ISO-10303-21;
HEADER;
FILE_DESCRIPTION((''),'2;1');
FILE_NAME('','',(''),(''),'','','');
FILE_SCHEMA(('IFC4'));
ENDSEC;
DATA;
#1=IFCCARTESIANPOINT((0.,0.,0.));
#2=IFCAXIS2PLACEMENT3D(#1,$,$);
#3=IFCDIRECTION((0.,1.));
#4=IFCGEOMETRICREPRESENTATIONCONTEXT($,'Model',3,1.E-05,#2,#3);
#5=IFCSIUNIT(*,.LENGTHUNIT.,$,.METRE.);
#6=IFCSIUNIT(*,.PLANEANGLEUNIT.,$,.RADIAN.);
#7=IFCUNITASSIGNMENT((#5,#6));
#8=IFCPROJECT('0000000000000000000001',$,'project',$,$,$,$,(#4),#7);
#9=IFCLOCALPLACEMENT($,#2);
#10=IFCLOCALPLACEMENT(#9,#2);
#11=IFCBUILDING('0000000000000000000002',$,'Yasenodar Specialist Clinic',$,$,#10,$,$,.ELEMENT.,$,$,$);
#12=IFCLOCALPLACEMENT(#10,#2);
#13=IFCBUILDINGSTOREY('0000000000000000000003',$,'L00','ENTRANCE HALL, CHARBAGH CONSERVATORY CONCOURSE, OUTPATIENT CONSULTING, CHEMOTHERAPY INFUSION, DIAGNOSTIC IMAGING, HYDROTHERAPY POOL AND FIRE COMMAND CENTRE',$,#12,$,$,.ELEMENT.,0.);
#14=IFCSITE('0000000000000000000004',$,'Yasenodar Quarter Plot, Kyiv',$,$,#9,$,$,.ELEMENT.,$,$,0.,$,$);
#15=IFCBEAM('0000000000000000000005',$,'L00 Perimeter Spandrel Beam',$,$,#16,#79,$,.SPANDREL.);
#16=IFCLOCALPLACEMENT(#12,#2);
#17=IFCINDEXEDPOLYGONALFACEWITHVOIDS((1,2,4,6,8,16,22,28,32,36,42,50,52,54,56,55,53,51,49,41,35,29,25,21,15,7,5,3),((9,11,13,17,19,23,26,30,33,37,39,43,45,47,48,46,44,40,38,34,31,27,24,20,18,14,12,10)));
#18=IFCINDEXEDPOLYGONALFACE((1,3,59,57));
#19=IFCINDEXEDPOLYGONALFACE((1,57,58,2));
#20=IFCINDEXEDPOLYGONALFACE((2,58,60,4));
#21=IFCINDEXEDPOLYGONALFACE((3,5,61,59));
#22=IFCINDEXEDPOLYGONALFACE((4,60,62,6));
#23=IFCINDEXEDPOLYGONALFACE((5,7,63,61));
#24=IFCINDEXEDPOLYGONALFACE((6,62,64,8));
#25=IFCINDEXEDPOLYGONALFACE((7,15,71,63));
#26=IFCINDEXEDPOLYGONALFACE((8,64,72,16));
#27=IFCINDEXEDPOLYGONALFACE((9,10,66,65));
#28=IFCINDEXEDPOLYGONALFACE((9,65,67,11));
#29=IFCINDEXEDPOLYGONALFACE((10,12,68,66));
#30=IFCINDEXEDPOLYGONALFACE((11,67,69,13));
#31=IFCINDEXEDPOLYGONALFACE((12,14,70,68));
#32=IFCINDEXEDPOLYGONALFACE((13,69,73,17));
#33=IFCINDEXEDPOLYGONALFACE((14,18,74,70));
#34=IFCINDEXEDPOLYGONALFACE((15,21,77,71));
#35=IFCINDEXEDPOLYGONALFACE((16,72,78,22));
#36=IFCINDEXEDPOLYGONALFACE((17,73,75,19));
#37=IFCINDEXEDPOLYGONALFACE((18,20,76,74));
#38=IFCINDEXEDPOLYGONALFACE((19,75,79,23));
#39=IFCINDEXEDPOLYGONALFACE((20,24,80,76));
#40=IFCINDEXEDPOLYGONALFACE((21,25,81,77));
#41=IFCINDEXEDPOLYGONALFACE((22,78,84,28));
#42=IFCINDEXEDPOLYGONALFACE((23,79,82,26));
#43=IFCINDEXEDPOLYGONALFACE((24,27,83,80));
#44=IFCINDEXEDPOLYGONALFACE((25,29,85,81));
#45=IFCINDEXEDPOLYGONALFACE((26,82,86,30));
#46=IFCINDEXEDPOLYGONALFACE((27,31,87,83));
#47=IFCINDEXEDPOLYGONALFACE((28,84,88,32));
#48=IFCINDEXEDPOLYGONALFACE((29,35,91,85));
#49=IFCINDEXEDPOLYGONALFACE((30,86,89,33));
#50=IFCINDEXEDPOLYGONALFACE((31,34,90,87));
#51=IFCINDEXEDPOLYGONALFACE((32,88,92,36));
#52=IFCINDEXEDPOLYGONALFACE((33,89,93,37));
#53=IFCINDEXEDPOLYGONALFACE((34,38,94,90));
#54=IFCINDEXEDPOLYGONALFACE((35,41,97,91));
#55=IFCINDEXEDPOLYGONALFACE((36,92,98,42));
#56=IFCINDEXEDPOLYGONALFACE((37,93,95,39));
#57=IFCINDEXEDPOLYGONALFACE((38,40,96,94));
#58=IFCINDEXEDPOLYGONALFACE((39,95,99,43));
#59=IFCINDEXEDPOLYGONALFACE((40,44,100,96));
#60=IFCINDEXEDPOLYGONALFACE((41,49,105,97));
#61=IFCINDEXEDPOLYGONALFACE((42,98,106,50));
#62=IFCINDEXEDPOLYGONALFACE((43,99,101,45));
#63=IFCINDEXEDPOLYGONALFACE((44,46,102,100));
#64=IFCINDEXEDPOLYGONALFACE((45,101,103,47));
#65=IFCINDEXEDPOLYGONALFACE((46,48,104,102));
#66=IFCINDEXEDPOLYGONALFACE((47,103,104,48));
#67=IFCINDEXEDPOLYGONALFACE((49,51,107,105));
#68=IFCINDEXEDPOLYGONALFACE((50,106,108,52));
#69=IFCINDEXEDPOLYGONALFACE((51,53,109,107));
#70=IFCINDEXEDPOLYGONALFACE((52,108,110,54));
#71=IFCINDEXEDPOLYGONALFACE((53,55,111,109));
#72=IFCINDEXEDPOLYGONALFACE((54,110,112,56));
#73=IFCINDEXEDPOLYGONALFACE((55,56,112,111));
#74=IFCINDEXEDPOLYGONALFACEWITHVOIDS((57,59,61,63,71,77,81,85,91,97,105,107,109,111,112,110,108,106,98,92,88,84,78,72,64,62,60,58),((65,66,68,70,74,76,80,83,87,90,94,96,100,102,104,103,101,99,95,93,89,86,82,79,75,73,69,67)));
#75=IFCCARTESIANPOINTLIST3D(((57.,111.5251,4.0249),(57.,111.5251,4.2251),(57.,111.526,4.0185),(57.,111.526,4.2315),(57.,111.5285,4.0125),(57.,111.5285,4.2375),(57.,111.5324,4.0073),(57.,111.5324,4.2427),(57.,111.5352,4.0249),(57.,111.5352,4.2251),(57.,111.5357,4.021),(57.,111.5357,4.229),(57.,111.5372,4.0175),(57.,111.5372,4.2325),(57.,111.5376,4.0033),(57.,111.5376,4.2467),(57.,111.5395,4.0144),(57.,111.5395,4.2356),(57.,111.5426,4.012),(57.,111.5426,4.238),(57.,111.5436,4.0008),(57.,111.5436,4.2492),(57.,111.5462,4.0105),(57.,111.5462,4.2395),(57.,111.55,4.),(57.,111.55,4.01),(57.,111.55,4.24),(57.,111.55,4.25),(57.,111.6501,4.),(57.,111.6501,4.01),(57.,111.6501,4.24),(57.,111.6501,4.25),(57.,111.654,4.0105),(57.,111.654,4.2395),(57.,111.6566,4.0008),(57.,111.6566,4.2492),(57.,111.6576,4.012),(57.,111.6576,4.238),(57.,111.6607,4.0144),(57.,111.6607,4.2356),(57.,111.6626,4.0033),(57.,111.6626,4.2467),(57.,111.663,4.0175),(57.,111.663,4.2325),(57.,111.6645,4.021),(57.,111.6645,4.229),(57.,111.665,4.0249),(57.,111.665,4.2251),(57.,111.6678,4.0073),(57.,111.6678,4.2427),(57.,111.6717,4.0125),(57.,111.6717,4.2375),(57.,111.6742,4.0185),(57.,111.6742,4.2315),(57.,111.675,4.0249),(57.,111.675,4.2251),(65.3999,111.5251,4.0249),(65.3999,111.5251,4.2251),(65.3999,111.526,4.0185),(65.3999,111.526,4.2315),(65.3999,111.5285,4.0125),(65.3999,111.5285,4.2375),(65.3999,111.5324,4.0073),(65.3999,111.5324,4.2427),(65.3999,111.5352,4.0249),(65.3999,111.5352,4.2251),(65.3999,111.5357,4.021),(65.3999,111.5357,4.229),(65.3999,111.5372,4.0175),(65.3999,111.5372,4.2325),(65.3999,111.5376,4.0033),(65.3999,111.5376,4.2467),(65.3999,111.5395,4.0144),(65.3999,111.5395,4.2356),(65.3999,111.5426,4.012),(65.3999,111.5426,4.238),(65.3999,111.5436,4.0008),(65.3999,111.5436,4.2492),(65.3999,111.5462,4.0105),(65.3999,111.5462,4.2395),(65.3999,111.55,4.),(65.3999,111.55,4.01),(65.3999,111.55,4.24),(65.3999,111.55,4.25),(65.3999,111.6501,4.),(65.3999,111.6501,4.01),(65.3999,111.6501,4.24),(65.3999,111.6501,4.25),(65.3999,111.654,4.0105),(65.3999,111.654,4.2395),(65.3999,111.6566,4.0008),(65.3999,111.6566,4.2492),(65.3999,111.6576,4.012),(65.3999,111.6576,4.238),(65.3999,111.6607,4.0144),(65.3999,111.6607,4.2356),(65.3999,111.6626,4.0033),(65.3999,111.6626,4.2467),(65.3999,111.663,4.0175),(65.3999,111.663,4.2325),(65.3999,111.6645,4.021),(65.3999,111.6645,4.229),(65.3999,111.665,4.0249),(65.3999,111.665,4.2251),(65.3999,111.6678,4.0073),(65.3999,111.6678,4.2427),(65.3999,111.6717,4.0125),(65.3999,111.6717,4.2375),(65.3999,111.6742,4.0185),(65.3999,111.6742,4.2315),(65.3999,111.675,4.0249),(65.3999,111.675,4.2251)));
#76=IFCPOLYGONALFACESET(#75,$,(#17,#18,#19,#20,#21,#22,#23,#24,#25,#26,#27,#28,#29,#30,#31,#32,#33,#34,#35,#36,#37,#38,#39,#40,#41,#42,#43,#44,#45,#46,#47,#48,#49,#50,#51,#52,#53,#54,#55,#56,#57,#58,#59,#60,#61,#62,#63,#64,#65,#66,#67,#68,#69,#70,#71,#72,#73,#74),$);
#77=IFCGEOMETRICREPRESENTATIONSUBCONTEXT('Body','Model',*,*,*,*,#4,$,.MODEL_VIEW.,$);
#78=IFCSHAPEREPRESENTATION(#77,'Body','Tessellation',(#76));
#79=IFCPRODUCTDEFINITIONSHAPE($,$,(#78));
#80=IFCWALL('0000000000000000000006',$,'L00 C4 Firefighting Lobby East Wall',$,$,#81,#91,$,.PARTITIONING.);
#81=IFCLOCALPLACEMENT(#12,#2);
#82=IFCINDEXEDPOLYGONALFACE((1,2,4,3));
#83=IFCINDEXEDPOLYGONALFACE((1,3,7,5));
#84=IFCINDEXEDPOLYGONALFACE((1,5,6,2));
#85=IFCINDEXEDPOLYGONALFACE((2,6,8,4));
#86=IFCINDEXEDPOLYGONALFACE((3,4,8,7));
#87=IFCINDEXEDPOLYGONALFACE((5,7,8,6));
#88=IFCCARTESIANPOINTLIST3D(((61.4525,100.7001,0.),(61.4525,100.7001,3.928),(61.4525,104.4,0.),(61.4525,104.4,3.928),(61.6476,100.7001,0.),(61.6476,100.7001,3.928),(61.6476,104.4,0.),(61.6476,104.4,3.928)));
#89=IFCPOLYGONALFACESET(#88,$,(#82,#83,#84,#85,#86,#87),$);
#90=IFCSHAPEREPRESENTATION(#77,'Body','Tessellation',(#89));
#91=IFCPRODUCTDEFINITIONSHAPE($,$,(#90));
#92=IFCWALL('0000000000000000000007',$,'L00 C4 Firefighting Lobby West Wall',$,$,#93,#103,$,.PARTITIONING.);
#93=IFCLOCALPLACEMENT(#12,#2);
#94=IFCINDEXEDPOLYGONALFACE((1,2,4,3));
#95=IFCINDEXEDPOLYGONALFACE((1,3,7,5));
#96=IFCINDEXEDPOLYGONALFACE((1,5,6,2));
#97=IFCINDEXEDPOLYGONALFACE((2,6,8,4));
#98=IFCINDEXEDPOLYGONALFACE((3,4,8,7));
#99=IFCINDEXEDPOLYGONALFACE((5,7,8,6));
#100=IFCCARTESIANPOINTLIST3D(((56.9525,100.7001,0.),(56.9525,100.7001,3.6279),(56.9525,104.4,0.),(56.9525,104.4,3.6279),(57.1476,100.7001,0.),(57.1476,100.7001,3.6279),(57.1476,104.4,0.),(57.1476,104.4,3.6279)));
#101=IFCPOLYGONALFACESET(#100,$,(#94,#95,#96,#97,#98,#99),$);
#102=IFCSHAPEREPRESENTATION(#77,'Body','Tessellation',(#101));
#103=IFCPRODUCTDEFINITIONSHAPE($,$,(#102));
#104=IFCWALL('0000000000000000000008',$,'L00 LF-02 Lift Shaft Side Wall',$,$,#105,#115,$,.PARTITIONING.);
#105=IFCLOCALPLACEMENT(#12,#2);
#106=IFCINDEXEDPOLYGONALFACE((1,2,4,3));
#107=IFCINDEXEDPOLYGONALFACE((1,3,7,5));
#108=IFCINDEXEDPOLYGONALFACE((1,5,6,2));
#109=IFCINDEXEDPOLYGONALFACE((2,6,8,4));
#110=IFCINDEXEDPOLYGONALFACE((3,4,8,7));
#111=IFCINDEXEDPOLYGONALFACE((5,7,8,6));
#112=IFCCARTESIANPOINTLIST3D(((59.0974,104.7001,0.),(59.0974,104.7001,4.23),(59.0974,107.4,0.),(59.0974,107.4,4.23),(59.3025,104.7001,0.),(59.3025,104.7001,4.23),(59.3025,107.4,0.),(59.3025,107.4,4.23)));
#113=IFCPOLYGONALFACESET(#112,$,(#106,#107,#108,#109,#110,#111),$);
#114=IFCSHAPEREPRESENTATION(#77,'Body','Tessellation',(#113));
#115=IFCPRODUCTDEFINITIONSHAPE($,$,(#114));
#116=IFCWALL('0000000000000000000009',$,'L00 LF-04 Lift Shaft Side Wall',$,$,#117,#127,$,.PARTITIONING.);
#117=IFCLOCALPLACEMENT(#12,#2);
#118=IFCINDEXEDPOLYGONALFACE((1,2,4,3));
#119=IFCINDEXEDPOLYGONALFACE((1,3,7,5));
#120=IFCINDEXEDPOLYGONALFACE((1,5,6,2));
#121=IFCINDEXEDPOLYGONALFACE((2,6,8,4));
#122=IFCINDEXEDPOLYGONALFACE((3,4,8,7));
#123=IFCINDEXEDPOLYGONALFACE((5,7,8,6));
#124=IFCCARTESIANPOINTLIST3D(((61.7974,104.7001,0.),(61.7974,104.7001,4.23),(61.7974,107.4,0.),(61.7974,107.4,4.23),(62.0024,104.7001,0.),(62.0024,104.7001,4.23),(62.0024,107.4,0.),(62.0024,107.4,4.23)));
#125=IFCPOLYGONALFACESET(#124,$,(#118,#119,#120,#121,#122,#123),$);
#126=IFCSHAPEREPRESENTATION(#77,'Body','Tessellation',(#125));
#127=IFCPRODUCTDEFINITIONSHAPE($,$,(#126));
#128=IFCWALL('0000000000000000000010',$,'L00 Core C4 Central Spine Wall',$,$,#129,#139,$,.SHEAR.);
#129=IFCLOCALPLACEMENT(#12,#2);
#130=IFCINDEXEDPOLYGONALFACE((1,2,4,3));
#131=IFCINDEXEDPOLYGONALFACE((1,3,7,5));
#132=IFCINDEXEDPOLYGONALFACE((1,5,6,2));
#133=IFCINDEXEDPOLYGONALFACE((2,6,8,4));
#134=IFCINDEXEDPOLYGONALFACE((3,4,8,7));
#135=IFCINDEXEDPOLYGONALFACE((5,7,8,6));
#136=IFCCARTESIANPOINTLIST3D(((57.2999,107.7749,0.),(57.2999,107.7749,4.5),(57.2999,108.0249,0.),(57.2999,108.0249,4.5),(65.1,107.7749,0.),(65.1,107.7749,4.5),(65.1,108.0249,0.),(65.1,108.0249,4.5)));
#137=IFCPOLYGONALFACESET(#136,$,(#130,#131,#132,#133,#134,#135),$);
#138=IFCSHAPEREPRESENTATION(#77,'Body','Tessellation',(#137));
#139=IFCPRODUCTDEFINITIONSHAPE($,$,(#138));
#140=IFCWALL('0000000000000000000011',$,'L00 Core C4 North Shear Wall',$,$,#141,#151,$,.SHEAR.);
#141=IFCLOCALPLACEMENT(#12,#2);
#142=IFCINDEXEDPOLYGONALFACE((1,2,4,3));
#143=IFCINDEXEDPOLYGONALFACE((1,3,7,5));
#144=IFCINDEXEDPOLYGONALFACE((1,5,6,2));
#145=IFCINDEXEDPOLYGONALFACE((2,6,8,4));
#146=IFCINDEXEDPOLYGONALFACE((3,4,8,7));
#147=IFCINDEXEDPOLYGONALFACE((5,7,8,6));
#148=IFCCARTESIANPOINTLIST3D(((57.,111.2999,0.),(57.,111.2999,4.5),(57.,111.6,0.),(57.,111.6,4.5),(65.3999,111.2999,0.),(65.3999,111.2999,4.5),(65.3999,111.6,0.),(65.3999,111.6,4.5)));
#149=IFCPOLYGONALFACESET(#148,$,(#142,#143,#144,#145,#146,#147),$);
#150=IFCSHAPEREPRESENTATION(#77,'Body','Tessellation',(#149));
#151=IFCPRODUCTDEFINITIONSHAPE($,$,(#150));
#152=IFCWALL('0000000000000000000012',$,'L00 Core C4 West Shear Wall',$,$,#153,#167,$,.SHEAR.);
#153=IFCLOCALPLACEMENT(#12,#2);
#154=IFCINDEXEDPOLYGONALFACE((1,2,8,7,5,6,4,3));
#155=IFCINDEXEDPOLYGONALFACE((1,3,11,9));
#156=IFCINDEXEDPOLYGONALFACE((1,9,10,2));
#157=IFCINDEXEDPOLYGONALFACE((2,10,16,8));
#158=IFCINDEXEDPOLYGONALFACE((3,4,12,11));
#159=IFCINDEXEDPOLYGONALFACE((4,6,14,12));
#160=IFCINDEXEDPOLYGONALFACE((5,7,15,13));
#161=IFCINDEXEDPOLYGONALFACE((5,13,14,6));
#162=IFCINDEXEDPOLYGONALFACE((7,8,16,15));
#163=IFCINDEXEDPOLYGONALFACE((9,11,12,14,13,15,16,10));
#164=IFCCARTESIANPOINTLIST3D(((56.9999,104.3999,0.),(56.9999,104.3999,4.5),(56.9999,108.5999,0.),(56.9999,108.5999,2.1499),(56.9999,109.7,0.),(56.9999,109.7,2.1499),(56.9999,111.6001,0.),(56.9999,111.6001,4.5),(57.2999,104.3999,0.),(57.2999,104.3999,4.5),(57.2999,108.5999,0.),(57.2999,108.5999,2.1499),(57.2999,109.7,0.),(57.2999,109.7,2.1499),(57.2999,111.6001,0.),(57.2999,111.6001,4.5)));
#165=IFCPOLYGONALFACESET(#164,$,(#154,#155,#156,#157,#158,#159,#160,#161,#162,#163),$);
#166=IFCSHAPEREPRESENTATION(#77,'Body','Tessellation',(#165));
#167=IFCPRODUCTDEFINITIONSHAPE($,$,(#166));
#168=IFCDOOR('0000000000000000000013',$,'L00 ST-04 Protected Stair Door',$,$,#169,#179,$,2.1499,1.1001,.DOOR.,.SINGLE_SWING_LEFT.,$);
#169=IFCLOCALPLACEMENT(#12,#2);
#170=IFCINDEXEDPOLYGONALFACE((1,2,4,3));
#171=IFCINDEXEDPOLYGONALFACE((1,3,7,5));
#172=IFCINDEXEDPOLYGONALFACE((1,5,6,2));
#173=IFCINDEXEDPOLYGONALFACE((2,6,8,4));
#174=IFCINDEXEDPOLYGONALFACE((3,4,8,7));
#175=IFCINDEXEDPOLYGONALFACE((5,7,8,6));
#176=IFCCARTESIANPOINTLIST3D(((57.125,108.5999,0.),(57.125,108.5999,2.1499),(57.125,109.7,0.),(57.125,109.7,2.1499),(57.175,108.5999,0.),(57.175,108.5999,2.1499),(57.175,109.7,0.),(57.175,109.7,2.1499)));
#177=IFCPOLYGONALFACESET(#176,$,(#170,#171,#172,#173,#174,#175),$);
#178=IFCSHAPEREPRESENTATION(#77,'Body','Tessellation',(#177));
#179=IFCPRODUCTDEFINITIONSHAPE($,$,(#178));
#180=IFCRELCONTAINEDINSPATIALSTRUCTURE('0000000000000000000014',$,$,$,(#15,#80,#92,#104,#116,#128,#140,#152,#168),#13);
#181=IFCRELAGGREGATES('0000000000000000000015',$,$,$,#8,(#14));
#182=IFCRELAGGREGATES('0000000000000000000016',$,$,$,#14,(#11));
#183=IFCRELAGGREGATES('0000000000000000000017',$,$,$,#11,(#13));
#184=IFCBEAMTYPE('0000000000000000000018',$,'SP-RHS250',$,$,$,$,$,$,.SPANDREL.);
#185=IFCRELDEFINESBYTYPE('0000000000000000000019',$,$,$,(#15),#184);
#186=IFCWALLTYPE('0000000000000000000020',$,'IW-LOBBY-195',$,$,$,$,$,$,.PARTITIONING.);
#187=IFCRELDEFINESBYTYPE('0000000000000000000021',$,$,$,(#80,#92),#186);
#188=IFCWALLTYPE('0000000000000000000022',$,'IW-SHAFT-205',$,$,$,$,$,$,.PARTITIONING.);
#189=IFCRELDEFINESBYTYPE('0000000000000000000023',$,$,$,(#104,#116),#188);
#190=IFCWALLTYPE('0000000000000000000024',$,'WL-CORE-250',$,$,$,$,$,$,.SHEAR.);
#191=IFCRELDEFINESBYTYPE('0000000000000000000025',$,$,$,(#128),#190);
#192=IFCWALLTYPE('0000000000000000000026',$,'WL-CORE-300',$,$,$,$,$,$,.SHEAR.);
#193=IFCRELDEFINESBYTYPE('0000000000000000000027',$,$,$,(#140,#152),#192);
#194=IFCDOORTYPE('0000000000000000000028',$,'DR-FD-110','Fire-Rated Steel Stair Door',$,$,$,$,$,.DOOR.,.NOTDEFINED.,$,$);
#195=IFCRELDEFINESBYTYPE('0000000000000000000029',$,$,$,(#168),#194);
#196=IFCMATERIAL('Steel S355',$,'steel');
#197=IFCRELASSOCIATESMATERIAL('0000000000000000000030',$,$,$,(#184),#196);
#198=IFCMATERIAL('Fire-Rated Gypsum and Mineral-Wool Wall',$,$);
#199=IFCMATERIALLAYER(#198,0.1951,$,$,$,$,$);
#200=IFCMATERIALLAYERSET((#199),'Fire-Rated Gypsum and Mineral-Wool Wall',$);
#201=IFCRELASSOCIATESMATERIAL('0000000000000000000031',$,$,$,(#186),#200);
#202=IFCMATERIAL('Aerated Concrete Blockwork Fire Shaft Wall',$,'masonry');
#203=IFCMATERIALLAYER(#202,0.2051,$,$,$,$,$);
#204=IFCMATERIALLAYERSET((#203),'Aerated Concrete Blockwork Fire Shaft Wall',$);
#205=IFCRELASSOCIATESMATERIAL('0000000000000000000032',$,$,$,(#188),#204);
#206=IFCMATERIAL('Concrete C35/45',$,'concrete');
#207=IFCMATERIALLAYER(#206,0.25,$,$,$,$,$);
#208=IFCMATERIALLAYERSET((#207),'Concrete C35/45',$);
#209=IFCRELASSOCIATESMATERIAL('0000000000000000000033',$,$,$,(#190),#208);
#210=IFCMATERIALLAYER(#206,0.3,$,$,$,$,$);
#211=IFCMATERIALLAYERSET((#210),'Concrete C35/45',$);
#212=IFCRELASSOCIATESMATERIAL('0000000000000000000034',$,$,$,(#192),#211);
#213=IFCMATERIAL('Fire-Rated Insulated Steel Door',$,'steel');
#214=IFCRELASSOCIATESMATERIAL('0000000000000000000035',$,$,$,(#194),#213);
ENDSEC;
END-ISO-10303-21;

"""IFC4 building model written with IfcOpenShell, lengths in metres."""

from ifc_helpers import new_model, si_unit, direction, frame, frame_2d, origin, origin_2d, place, context, subcontext, project, spatial, rectangle, hollow_rectangle, extrude, material, layer, layer_set, material_profile, profile_set, type_object, element, fill, save


model = new_model("IFC4")

# Units and contexts
model_context = context("Model", 3, precision=1e-05, world=origin(), true_north=direction((0.0, 1.0)))
body_context = subcontext(model_context, "Body", "Model", "MODEL_VIEW")
ifc_project = project(units=[si_unit("LENGTHUNIT", "METRE"), si_unit("PLANEANGLEUNIT", "RADIAN")], contexts=[model_context])

# Site, building, storey
site_placement = place(None, origin())
site = spatial("IfcSite", under=ifc_project, at=site_placement, Name="Yasenodar Quarter Plot, Kyiv", CompositionType="ELEMENT", RefElevation=0.0)
building_placement = place(site_placement, origin())
building = spatial("IfcBuilding", under=site, at=building_placement, Name="Yasenodar Specialist Clinic", CompositionType="ELEMENT")
storey_placement = place(building_placement, origin())
storey = spatial("IfcBuildingStorey", under=building, at=storey_placement, Name="L00", Description="ENTRANCE HALL, CHARBAGH CONSERVATORY CONCOURSE, OUTPATIENT CONSULTING, CHEMOTHERAPY INFUSION, DIAGNOSTIC IMAGING, HYDROTHERAPY POOL AND FIRE COMMAND CENTRE", CompositionType="ELEMENT", Elevation=0.0)

# Shared definitions
ifc_material_1 = material(Name="Steel S355", Category="steel")

# Beam
ifc_material_profile_1 = material_profile(ifc_material_1, hollow_rectangle(XDim=0.1499, YDim=0.25, WallThickness=0.01, InnerFilletRadius=0.0149, OuterFilletRadius=0.0249, at=origin_2d()), Name="RHS 250x150x10")
ifc_profile_set_1 = profile_set([ifc_material_profile_1], Name="Steel S355")
beam_type_1 = type_object("IfcBeamType", Name="SP-RHS250", PredefinedType="SPANDREL", material=ifc_profile_set_1)
beam_1_placement = place(storey_placement, frame((57.0, 111.6001, 4.125), z_axis=(1.0, 0.0, 0.0), x_axis=(0.0, 1.0, 0.0)))
element("IfcBeam", 1, at=beam_1_placement, inside=storey, type_object=beam_type_1, Name="L00 Perimeter Spandrel Beam", PredefinedType="SPANDREL", context=body_context, shape_type="SweptSolid", body=[
    extrude(hollow_rectangle(XDim=0.1499, YDim=0.25, WallThickness=0.01, InnerFilletRadius=0.0149, OuterFilletRadius=0.0249, at=origin_2d()), origin(), (0.0, 0.0, 1.0), 8.3999),
])

# Shared definitions
ifc_material_2 = material(Name="Fire-Rated Gypsum and Mineral-Wool Wall")
ifc_layer_1 = layer(ifc_material_2, 0.1951)
ifc_layer_set_1 = layer_set([ifc_layer_1], Name="Fire-Rated Gypsum and Mineral-Wool Wall")
wall_type_1 = type_object("IfcWallType", Name="IW-LOBBY-195", PredefinedType="PARTITIONING", material=ifc_layer_set_1)
ifc_material_3 = material(Name="Fire-Rated Insulated Steel Door", Category="steel")

# Walls
wall_1_placement = place(storey_placement, frame((61.55, 100.7, 0.0), z_axis=(0.0, 0.0, 1.0), x_axis=(0.0, 1.0, 0.0)))
element("IfcWall", 2, at=wall_1_placement, inside=storey, type_object=wall_type_1, Name="L00 C4 Firefighting Lobby East Wall", PredefinedType="PARTITIONING", context=body_context, shape_type="SweptSolid", body=[
    extrude(rectangle(XDim=3.7, YDim=0.1951, at=frame_2d((1.8501, 0.0))), origin(), (0.0, 0.0, 1.0), 3.928),
])
wall_2_placement = place(storey_placement, frame((57.05, 100.7, 0.0), z_axis=(0.0, 0.0, 1.0), x_axis=(0.0, 1.0, 0.0)))
element("IfcWall", 3, at=wall_2_placement, inside=storey, type_object=wall_type_1, Name="L00 C4 Firefighting Lobby West Wall", PredefinedType="PARTITIONING", context=body_context, shape_type="SweptSolid", body=[
    extrude(rectangle(XDim=3.7, YDim=0.1951, at=frame_2d((1.8501, 0.0))), origin(), (0.0, 0.0, 1.0), 3.6279),
])
ifc_material_4 = material(Name="Aerated Concrete Blockwork Fire Shaft Wall", Category="masonry")
ifc_layer_2 = layer(ifc_material_4, 0.2051)
ifc_layer_set_2 = layer_set([ifc_layer_2], Name="Aerated Concrete Blockwork Fire Shaft Wall")
wall_type_2 = type_object("IfcWallType", Name="IW-SHAFT-205", PredefinedType="PARTITIONING", material=ifc_layer_set_2)
for number, where, z_axis, x_axis, name in (
    (4, (59.2, 104.7, 0.0), (0.0, 0.0, 1.0), (0.0, 1.0, 0.0), "L00 LF-02 Lift Shaft Side Wall"),
    (5, (61.8999, 104.7, 0.0), (0.0, 0.0, 1.0), (0.0, 1.0, 0.0), "L00 LF-04 Lift Shaft Side Wall"),
):
    element("IfcWall", number, at=place(storey_placement, frame(where, z_axis=z_axis, x_axis=x_axis)), inside=storey, type_object=wall_type_2, Name=name, PredefinedType="PARTITIONING", context=body_context, shape_type="SweptSolid", body=[
        extrude(rectangle(XDim=2.7, YDim=0.2051, at=frame_2d((1.3501, 0.0))), origin(), (0.0, 0.0, 1.0), 4.23),
    ])
ifc_material_5 = material(Name="Concrete C35/45", Category="concrete")
ifc_layer_3 = layer(ifc_material_5, 0.25)
ifc_layer_set_3 = layer_set([ifc_layer_3], Name="Concrete C35/45")
wall_type_3 = type_object("IfcWallType", Name="WL-CORE-250", PredefinedType="SHEAR", material=ifc_layer_set_3)
wall_3_placement = place(storey_placement, frame((57.3, 107.8999, 0.0), z_axis=(0.0, 0.0, 1.0), x_axis=(1.0, 0.0, 0.0)))
element("IfcWall", 6, at=wall_3_placement, inside=storey, type_object=wall_type_3, Name="L00 Core C4 Central Spine Wall", PredefinedType="SHEAR", context=body_context, shape_type="SweptSolid", body=[
    extrude(rectangle(XDim=7.8, YDim=0.25, at=frame_2d((3.8999, 0.0))), origin(), (0.0, 0.0, 1.0), 4.5),
])
ifc_layer_4 = layer(ifc_material_5, 0.3)
ifc_layer_set_4 = layer_set([ifc_layer_4], Name="Concrete C35/45")
wall_type_4 = type_object("IfcWallType", Name="WL-CORE-300", PredefinedType="SHEAR", material=ifc_layer_set_4)
wall_4_placement = place(storey_placement, frame((57.0, 111.45, 0.0), z_axis=(0.0, 0.0, 1.0), x_axis=(1.0, 0.0, 0.0)))
element("IfcWall", 7, at=wall_4_placement, inside=storey, type_object=wall_type_4, Name="L00 Core C4 North Shear Wall", PredefinedType="SHEAR", context=body_context, shape_type="SweptSolid", body=[
    extrude(rectangle(XDim=8.3999, YDim=0.3, at=frame_2d((4.2, 0.0))), origin(), (0.0, 0.0, 1.0), 4.5),
])

# Wall, opening, door
wall_5_placement = place(storey_placement, frame((57.1499, 104.3999, 0.0), z_axis=(0.0, 0.0, 1.0), x_axis=(0.0, 1.0, 0.0)))
wall_5 = element("IfcWall", 8, at=wall_5_placement, inside=storey, type_object=wall_type_4, Name="L00 Core C4 West Shear Wall", PredefinedType="SHEAR", context=body_context, shape_type="SweptSolid", body=[
    extrude(rectangle(XDim=7.2002, YDim=0.3, at=frame_2d((3.6001, 0.0))), origin(), (0.0, 0.0, 1.0), 4.5),
])
opening_1_placement = place(wall_5_placement, frame((4.2, 0.0, 0.0)))
opening_1 = element("IfcOpeningElement", 9, at=opening_1_placement, cuts=wall_5, PredefinedType="OPENING", context=body_context, shape_type="SweptSolid", body=[
    extrude(rectangle(XDim=1.1001, YDim=2.1499, at=frame_2d((0.55, 1.075))), frame((0.0, 0.1602, 0.0), z_axis=(0.0, -1.0, 0.0), x_axis=(1.0, 0.0, 0.0)), (0.0, 0.0, 1.0), 0.3201),
])
door_type_1 = type_object("IfcDoorType", Name="DR-FD-110", Description="Fire-Rated Steel Stair Door", OperationType="NOTDEFINED", PredefinedType="DOOR", material=ifc_material_3)
door_1_placement = place(opening_1_placement, origin())
door_1 = element("IfcDoor", 10, at=door_1_placement, inside=storey, type_object=door_type_1, Name="L00 ST-04 Protected Stair Door", OperationType="SINGLE_SWING_LEFT", OverallHeight=2.1499, OverallWidth=1.1001, PredefinedType="DOOR", context=body_context, shape_type="SweptSolid", body=[
    extrude(rectangle(XDim=1.1001, YDim=2.1499, at=frame_2d((0.55, 1.075))), frame((0.0, 0.0249, 0.0), z_axis=(0.0, -1.0, 0.0), x_axis=(1.0, 0.0, 0.0)), (0.0, 0.0, 1.0), 0.05),
])
fill(opening_1, door_1)

save(model, "model.ifc")
